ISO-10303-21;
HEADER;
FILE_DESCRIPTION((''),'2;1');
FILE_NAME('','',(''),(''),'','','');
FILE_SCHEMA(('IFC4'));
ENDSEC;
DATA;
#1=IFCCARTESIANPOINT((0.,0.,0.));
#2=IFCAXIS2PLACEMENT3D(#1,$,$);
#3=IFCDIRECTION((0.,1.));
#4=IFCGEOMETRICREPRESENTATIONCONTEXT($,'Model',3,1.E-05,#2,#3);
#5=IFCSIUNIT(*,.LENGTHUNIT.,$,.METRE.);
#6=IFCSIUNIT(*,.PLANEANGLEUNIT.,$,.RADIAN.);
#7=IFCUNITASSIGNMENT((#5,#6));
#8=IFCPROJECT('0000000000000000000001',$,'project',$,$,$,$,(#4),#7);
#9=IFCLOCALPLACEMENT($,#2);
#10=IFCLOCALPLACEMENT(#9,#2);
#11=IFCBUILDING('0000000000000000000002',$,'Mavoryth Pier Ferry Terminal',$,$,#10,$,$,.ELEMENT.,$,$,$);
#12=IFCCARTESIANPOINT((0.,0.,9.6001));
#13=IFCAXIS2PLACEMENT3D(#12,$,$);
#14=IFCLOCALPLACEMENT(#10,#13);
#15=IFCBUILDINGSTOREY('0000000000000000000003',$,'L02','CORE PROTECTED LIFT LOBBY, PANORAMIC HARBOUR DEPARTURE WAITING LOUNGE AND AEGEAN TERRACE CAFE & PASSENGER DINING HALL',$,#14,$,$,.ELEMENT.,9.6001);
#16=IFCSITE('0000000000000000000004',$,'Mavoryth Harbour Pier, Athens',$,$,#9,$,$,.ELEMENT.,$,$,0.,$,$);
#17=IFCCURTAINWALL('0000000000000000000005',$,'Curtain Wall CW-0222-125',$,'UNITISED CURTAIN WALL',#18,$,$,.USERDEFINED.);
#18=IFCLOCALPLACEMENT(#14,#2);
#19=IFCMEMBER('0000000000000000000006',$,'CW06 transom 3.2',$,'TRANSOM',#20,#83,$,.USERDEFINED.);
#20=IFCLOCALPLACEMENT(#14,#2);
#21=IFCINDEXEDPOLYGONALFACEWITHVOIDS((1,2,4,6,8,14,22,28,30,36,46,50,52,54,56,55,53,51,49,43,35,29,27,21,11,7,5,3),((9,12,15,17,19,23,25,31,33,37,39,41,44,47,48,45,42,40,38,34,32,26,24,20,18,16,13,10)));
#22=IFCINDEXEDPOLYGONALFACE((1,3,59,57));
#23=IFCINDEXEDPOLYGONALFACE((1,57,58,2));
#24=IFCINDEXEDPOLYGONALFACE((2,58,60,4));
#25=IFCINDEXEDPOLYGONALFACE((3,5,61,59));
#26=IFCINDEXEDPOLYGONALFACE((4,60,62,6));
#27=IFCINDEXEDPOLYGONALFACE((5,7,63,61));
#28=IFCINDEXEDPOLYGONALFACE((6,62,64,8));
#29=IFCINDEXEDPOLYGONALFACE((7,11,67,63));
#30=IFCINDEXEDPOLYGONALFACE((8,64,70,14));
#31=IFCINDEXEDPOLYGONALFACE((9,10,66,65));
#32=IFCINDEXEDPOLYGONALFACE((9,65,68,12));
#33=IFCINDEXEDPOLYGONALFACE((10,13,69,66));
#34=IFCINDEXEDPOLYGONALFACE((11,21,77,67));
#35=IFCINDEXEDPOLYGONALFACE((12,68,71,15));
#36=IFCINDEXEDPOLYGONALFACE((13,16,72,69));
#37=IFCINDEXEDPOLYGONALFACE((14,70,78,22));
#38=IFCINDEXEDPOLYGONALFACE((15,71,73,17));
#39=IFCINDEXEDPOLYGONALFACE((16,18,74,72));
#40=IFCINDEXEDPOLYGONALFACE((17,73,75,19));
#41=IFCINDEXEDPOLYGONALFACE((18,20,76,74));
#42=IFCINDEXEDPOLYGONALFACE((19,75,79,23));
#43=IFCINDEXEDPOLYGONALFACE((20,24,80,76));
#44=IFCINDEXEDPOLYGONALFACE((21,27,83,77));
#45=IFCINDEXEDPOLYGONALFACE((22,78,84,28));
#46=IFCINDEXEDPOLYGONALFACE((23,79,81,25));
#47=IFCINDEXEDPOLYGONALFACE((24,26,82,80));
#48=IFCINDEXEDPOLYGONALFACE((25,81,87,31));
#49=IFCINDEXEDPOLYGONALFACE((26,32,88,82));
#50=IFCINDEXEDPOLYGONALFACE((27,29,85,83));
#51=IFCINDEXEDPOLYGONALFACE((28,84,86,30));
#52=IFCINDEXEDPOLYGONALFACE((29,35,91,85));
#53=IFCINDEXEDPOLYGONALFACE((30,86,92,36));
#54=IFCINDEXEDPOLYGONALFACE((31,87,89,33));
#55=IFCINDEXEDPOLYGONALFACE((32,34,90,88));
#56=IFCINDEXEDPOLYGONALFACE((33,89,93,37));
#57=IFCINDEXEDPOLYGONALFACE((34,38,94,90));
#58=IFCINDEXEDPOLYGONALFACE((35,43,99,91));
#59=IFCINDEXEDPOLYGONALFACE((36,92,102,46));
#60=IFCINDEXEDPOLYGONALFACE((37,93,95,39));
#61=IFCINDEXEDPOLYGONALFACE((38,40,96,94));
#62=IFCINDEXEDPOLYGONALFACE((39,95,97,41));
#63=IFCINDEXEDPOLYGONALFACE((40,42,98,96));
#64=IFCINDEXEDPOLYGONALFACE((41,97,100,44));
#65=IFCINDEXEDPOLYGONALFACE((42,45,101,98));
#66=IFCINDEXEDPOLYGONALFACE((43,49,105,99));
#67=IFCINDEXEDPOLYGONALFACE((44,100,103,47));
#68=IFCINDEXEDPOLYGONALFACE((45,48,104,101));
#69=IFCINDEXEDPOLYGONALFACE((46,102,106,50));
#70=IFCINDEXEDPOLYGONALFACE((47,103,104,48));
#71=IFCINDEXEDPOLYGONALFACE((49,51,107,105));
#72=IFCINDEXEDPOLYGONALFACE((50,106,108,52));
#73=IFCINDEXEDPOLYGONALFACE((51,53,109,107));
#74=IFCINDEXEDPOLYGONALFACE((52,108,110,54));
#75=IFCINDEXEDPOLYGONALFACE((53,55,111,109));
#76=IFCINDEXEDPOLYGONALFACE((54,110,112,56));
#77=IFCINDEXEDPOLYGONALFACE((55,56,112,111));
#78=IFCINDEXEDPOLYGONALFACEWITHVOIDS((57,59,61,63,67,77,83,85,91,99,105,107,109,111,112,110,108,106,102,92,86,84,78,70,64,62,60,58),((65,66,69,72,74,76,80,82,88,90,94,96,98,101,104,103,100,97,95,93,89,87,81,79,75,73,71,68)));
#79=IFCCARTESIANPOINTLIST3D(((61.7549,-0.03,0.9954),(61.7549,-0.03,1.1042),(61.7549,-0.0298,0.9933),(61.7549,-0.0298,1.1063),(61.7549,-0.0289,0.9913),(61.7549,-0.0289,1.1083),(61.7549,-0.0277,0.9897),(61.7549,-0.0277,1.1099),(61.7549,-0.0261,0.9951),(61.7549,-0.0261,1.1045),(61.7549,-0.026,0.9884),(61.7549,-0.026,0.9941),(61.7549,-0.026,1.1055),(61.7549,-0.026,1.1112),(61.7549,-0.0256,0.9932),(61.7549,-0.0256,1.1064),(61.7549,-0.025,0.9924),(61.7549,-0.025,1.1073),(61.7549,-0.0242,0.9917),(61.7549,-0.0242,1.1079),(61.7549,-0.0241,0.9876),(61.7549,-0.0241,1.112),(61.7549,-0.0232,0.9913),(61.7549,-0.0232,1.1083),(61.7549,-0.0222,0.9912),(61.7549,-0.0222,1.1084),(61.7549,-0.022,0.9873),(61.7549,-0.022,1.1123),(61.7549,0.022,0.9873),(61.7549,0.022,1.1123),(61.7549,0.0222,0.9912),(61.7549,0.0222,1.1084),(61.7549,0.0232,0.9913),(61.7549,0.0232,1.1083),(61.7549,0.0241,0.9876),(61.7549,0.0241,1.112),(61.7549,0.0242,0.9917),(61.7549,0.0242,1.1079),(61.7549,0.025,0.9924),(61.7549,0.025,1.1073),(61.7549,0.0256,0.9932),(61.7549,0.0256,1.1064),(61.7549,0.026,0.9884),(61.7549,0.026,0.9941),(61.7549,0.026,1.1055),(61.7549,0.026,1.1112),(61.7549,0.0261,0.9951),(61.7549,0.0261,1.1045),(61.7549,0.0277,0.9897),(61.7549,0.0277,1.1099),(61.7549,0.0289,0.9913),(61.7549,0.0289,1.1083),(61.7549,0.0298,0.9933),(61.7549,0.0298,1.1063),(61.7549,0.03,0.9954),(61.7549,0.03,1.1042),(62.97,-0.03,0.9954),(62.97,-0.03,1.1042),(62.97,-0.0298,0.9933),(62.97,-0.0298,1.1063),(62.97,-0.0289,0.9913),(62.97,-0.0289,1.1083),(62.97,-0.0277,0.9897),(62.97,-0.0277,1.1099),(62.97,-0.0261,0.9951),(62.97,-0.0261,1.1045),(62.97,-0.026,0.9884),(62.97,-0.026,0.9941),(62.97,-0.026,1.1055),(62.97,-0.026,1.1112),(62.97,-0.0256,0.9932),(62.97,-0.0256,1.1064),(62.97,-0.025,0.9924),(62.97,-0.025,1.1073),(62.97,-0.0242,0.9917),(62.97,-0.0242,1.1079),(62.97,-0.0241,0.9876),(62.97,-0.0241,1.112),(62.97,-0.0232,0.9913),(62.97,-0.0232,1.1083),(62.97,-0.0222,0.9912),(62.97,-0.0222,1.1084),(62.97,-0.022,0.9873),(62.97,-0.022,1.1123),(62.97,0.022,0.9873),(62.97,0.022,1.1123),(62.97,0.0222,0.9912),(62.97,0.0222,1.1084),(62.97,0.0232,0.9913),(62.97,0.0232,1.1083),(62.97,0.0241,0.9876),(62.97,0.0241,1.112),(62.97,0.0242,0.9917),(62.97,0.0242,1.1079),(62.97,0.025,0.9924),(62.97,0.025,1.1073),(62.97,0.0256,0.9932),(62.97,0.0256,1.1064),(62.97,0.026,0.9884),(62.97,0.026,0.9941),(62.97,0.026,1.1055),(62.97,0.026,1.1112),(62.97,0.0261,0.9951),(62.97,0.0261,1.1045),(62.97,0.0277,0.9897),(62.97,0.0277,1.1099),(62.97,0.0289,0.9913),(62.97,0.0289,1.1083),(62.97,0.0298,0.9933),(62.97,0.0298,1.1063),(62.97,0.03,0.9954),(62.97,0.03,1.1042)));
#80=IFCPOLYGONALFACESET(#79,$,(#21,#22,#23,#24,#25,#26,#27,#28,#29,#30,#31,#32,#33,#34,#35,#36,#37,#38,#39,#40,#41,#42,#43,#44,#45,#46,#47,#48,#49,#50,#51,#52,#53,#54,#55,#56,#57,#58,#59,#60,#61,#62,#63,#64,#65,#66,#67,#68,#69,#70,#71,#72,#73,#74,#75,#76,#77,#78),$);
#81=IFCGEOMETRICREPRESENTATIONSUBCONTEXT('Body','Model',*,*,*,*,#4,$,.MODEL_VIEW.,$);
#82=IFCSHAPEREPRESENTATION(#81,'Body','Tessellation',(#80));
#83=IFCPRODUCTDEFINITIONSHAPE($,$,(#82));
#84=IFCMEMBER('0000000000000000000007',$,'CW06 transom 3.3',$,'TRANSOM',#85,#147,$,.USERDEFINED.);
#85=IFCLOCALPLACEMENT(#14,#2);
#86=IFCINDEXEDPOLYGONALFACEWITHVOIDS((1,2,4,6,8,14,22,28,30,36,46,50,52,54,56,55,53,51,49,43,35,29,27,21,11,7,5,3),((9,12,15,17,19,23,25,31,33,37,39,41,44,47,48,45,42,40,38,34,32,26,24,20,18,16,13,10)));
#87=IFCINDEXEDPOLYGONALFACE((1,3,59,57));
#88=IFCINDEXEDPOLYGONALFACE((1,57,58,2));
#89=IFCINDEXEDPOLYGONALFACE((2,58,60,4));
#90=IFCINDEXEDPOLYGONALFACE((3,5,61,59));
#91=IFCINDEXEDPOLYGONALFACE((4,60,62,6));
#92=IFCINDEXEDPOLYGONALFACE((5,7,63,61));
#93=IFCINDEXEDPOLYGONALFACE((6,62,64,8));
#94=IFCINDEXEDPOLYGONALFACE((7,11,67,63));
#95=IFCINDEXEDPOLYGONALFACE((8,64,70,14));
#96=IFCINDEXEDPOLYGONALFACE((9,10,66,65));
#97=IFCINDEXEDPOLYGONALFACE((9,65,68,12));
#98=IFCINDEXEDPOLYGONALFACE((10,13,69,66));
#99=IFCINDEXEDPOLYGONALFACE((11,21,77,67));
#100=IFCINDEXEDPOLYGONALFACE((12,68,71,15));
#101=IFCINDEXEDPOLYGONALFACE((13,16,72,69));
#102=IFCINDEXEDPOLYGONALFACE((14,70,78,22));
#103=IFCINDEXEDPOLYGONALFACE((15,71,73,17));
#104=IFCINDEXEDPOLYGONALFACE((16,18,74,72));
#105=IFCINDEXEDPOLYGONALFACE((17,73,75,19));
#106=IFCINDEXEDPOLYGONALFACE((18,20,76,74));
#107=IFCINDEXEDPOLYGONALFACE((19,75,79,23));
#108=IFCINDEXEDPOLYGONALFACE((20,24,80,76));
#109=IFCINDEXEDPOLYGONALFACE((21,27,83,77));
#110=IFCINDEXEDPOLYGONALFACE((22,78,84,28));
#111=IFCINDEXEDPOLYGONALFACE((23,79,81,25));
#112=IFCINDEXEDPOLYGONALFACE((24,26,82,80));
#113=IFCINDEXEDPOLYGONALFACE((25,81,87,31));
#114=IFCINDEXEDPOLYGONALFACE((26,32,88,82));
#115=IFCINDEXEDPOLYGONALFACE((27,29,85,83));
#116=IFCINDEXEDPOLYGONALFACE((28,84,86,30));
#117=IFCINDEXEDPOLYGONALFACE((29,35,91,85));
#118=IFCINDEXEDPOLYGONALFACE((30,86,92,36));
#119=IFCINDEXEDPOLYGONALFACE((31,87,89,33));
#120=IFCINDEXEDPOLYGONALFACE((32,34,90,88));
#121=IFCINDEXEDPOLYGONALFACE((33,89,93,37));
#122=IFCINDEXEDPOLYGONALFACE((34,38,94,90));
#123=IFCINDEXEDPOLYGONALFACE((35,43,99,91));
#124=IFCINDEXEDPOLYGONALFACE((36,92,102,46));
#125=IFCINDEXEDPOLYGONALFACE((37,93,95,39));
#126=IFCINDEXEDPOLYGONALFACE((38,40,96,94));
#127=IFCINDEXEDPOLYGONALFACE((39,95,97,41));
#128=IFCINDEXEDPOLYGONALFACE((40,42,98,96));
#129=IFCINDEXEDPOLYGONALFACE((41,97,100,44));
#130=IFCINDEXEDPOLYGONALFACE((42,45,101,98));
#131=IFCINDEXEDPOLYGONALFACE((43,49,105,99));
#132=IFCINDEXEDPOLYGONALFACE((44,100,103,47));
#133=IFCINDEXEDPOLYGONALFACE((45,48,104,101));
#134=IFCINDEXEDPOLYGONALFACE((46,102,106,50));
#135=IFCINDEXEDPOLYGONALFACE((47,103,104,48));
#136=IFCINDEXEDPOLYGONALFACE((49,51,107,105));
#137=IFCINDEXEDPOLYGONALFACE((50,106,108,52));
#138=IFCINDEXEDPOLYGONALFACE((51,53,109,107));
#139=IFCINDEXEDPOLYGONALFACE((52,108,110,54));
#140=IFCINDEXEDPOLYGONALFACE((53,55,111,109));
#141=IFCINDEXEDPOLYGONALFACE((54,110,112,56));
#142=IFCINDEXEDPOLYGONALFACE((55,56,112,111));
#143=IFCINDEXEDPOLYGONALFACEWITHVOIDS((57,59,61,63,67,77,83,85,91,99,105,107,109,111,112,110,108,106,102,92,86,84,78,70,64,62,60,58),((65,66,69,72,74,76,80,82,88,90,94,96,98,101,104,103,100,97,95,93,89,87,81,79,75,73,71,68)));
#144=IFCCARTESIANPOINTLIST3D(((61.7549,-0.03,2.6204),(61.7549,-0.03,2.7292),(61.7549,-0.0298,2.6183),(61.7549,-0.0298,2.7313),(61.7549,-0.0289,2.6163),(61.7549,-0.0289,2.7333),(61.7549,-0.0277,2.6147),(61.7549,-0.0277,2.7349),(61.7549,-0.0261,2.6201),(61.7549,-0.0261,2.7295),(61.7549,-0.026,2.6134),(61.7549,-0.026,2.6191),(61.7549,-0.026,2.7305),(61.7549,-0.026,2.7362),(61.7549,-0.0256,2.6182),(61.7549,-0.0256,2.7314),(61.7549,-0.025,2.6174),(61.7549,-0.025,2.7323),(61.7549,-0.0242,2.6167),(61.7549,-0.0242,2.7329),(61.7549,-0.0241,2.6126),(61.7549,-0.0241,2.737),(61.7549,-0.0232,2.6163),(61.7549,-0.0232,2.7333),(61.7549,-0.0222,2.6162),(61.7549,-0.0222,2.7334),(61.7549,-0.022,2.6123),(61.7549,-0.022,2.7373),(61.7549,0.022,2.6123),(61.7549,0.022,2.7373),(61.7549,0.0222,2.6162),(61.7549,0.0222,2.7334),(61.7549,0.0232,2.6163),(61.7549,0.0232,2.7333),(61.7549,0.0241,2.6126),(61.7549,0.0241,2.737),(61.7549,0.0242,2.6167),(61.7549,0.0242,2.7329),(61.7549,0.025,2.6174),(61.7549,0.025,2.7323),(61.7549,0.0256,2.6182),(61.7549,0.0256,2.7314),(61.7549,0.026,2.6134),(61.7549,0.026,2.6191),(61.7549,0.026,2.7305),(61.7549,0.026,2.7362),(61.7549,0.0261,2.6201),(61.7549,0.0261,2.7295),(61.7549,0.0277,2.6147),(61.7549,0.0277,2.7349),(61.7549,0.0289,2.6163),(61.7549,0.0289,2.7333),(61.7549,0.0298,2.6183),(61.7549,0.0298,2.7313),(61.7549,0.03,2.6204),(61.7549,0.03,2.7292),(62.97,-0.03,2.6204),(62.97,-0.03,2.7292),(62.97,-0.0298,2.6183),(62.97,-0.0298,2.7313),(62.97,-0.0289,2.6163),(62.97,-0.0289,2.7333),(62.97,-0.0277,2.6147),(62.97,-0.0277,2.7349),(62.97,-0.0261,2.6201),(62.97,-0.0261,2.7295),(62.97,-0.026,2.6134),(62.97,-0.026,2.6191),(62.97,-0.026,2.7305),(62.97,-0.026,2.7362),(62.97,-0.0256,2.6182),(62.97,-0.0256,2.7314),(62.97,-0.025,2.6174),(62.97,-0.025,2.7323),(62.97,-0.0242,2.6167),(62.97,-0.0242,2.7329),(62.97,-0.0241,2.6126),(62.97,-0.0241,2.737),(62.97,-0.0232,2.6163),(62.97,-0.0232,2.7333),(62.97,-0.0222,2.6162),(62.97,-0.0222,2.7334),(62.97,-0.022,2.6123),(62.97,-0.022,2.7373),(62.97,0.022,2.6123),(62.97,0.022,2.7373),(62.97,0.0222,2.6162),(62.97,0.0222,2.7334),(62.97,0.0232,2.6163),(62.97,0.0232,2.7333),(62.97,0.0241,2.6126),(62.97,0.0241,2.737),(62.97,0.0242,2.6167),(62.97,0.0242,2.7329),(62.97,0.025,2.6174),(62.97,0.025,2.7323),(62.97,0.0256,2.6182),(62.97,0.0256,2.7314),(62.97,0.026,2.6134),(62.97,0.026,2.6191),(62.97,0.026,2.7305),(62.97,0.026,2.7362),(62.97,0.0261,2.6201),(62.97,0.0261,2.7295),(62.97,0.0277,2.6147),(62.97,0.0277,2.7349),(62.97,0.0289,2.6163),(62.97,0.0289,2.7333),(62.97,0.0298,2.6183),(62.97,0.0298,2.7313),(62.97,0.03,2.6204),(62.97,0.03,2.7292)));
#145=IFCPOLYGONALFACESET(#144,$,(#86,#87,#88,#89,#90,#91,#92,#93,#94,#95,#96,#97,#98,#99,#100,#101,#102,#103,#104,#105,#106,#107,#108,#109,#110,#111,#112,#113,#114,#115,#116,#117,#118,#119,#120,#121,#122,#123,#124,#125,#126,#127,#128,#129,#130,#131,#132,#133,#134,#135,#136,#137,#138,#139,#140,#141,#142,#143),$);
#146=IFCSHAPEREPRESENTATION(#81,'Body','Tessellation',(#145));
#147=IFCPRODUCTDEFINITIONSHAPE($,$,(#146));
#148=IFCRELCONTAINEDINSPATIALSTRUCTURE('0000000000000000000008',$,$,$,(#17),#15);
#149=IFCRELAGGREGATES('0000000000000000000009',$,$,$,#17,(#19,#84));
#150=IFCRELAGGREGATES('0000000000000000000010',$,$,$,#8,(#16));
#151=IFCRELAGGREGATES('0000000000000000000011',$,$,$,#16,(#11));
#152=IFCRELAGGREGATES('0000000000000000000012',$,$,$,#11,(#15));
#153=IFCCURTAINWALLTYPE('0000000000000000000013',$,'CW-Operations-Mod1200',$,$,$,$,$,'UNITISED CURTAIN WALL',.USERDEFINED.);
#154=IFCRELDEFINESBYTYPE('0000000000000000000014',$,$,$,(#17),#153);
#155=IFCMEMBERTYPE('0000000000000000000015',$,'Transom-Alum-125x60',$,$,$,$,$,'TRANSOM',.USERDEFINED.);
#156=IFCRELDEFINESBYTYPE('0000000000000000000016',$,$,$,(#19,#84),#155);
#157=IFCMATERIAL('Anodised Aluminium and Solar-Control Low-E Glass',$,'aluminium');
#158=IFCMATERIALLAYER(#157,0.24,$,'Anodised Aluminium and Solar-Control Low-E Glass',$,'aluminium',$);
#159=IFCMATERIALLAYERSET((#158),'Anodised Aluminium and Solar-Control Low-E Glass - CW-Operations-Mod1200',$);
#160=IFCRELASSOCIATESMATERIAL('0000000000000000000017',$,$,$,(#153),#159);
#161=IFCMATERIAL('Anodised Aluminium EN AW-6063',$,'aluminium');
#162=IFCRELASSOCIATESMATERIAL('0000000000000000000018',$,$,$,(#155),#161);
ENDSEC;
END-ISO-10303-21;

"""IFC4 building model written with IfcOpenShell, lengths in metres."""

from ifc_helpers import new_model, si_unit, direction, frame, origin, origin_2d, place, context, subcontext, project, spatial, hollow_rectangle, extrude, material, layer, layer_set, material_profile, profile_set, type_object, element, aggregate, save


model = new_model("IFC4")

# Units and contexts
model_context = context("Model", 3, precision=1e-05, world=origin(), true_north=direction((0.0, 1.0)))
body_context = subcontext(model_context, "Body", "Model", "MODEL_VIEW")
ifc_project = project(units=[si_unit("LENGTHUNIT", "METRE"), si_unit("PLANEANGLEUNIT", "RADIAN")], contexts=[model_context])

# Site, building, storey
site_placement = place(None, origin())
site = spatial("IfcSite", under=ifc_project, at=site_placement, Name="Mavoryth Harbour Pier, Athens", CompositionType="ELEMENT", RefElevation=0.0)
building_placement = place(site_placement, origin())
building = spatial("IfcBuilding", under=site, at=building_placement, Name="Mavoryth Pier Ferry Terminal", CompositionType="ELEMENT")
storey_placement = place(building_placement, frame((0.0, 0.0, 9.6001)))
storey = spatial("IfcBuildingStorey", under=building, at=storey_placement, Name="L02", Description="CORE PROTECTED LIFT LOBBY, PANORAMIC HARBOUR DEPARTURE WAITING LOUNGE AND AEGEAN TERRACE CAFE & PASSENGER DINING HALL", CompositionType="ELEMENT", Elevation=9.6001)

# Shared definitions
ifc_material_1 = material(Name="Anodised Aluminium and Solar-Control Low-E Glass", Category="aluminium")
ifc_layer_1 = layer(ifc_material_1, 0.24, Name="Anodised Aluminium and Solar-Control Low-E Glass", Category="aluminium")
ifc_layer_set_1 = layer_set([ifc_layer_1], Name="Anodised Aluminium and Solar-Control Low-E Glass - CW-Operations-Mod1200")
curtain_wall_type = type_object("IfcCurtainWallType", Name="CW-Operations-Mod1200", ElementType="UNITISED CURTAIN WALL", PredefinedType="USERDEFINED", material=ifc_layer_set_1)
ifc_material_2 = material(Name="Anodised Aluminium EN AW-6063", Category="aluminium")

# Curtain wall
curtain_wall_1_placement = place(storey_placement, origin())
curtain_wall_1 = element("IfcCurtainWall", 1, at=curtain_wall_1_placement, inside=storey, type_object=curtain_wall_type, Name="Curtain Wall CW-0222-125", ObjectType="UNITISED CURTAIN WALL", PredefinedType="USERDEFINED")

# Members
ifc_material_profile_1 = material_profile(ifc_material_2, hollow_rectangle(XDim=0.0601, YDim=0.125, WallThickness=0.0039, InnerFilletRadius=0.0039, OuterFilletRadius=0.0081, at=origin_2d()), Name="AL-TRAN 125x60x4", Category="aluminium")
ifc_profile_set_1 = profile_set([ifc_material_profile_1], Name="Anodised Aluminium EN AW-6063 - AL-TRAN 125x60x4")
member_type_1 = type_object("IfcMemberType", Name="Transom-Alum-125x60", ElementType="TRANSOM", PredefinedType="USERDEFINED", material=ifc_profile_set_1)
member_1_placement = place(storey_placement, frame((61.7549, 0.0, 1.0498), z_axis=(1.0, 0.0, 0.0), x_axis=(0.0, 1.0, 0.0)))
member_1 = element("IfcMember", 2, at=member_1_placement, type_object=member_type_1, Name="CW06 transom 3.2", ObjectType="TRANSOM", PredefinedType="USERDEFINED", context=body_context, shape_type="SweptSolid", body=[
    extrude(hollow_rectangle(XDim=0.0601, YDim=0.125, WallThickness=0.0039, InnerFilletRadius=0.0039, OuterFilletRadius=0.0081, at=origin_2d()), origin(), (0.0, 0.0, 1.0), 1.2151),
])
member_2_placement = place(storey_placement, frame((61.7549, 0.0, 2.6748), z_axis=(1.0, 0.0, 0.0), x_axis=(0.0, 1.0, 0.0)))
member_2 = element("IfcMember", 3, at=member_2_placement, type_object=member_type_1, Name="CW06 transom 3.3", ObjectType="TRANSOM", PredefinedType="USERDEFINED", context=body_context, shape_type="SweptSolid", body=[
    extrude(hollow_rectangle(XDim=0.0601, YDim=0.125, WallThickness=0.0039, InnerFilletRadius=0.0039, OuterFilletRadius=0.0081, at=origin_2d()), origin(), (0.0, 0.0, 1.0), 1.2151),
])

aggregate(curtain_wall_1, [member_1, member_2])

save(model, "model.ifc")
